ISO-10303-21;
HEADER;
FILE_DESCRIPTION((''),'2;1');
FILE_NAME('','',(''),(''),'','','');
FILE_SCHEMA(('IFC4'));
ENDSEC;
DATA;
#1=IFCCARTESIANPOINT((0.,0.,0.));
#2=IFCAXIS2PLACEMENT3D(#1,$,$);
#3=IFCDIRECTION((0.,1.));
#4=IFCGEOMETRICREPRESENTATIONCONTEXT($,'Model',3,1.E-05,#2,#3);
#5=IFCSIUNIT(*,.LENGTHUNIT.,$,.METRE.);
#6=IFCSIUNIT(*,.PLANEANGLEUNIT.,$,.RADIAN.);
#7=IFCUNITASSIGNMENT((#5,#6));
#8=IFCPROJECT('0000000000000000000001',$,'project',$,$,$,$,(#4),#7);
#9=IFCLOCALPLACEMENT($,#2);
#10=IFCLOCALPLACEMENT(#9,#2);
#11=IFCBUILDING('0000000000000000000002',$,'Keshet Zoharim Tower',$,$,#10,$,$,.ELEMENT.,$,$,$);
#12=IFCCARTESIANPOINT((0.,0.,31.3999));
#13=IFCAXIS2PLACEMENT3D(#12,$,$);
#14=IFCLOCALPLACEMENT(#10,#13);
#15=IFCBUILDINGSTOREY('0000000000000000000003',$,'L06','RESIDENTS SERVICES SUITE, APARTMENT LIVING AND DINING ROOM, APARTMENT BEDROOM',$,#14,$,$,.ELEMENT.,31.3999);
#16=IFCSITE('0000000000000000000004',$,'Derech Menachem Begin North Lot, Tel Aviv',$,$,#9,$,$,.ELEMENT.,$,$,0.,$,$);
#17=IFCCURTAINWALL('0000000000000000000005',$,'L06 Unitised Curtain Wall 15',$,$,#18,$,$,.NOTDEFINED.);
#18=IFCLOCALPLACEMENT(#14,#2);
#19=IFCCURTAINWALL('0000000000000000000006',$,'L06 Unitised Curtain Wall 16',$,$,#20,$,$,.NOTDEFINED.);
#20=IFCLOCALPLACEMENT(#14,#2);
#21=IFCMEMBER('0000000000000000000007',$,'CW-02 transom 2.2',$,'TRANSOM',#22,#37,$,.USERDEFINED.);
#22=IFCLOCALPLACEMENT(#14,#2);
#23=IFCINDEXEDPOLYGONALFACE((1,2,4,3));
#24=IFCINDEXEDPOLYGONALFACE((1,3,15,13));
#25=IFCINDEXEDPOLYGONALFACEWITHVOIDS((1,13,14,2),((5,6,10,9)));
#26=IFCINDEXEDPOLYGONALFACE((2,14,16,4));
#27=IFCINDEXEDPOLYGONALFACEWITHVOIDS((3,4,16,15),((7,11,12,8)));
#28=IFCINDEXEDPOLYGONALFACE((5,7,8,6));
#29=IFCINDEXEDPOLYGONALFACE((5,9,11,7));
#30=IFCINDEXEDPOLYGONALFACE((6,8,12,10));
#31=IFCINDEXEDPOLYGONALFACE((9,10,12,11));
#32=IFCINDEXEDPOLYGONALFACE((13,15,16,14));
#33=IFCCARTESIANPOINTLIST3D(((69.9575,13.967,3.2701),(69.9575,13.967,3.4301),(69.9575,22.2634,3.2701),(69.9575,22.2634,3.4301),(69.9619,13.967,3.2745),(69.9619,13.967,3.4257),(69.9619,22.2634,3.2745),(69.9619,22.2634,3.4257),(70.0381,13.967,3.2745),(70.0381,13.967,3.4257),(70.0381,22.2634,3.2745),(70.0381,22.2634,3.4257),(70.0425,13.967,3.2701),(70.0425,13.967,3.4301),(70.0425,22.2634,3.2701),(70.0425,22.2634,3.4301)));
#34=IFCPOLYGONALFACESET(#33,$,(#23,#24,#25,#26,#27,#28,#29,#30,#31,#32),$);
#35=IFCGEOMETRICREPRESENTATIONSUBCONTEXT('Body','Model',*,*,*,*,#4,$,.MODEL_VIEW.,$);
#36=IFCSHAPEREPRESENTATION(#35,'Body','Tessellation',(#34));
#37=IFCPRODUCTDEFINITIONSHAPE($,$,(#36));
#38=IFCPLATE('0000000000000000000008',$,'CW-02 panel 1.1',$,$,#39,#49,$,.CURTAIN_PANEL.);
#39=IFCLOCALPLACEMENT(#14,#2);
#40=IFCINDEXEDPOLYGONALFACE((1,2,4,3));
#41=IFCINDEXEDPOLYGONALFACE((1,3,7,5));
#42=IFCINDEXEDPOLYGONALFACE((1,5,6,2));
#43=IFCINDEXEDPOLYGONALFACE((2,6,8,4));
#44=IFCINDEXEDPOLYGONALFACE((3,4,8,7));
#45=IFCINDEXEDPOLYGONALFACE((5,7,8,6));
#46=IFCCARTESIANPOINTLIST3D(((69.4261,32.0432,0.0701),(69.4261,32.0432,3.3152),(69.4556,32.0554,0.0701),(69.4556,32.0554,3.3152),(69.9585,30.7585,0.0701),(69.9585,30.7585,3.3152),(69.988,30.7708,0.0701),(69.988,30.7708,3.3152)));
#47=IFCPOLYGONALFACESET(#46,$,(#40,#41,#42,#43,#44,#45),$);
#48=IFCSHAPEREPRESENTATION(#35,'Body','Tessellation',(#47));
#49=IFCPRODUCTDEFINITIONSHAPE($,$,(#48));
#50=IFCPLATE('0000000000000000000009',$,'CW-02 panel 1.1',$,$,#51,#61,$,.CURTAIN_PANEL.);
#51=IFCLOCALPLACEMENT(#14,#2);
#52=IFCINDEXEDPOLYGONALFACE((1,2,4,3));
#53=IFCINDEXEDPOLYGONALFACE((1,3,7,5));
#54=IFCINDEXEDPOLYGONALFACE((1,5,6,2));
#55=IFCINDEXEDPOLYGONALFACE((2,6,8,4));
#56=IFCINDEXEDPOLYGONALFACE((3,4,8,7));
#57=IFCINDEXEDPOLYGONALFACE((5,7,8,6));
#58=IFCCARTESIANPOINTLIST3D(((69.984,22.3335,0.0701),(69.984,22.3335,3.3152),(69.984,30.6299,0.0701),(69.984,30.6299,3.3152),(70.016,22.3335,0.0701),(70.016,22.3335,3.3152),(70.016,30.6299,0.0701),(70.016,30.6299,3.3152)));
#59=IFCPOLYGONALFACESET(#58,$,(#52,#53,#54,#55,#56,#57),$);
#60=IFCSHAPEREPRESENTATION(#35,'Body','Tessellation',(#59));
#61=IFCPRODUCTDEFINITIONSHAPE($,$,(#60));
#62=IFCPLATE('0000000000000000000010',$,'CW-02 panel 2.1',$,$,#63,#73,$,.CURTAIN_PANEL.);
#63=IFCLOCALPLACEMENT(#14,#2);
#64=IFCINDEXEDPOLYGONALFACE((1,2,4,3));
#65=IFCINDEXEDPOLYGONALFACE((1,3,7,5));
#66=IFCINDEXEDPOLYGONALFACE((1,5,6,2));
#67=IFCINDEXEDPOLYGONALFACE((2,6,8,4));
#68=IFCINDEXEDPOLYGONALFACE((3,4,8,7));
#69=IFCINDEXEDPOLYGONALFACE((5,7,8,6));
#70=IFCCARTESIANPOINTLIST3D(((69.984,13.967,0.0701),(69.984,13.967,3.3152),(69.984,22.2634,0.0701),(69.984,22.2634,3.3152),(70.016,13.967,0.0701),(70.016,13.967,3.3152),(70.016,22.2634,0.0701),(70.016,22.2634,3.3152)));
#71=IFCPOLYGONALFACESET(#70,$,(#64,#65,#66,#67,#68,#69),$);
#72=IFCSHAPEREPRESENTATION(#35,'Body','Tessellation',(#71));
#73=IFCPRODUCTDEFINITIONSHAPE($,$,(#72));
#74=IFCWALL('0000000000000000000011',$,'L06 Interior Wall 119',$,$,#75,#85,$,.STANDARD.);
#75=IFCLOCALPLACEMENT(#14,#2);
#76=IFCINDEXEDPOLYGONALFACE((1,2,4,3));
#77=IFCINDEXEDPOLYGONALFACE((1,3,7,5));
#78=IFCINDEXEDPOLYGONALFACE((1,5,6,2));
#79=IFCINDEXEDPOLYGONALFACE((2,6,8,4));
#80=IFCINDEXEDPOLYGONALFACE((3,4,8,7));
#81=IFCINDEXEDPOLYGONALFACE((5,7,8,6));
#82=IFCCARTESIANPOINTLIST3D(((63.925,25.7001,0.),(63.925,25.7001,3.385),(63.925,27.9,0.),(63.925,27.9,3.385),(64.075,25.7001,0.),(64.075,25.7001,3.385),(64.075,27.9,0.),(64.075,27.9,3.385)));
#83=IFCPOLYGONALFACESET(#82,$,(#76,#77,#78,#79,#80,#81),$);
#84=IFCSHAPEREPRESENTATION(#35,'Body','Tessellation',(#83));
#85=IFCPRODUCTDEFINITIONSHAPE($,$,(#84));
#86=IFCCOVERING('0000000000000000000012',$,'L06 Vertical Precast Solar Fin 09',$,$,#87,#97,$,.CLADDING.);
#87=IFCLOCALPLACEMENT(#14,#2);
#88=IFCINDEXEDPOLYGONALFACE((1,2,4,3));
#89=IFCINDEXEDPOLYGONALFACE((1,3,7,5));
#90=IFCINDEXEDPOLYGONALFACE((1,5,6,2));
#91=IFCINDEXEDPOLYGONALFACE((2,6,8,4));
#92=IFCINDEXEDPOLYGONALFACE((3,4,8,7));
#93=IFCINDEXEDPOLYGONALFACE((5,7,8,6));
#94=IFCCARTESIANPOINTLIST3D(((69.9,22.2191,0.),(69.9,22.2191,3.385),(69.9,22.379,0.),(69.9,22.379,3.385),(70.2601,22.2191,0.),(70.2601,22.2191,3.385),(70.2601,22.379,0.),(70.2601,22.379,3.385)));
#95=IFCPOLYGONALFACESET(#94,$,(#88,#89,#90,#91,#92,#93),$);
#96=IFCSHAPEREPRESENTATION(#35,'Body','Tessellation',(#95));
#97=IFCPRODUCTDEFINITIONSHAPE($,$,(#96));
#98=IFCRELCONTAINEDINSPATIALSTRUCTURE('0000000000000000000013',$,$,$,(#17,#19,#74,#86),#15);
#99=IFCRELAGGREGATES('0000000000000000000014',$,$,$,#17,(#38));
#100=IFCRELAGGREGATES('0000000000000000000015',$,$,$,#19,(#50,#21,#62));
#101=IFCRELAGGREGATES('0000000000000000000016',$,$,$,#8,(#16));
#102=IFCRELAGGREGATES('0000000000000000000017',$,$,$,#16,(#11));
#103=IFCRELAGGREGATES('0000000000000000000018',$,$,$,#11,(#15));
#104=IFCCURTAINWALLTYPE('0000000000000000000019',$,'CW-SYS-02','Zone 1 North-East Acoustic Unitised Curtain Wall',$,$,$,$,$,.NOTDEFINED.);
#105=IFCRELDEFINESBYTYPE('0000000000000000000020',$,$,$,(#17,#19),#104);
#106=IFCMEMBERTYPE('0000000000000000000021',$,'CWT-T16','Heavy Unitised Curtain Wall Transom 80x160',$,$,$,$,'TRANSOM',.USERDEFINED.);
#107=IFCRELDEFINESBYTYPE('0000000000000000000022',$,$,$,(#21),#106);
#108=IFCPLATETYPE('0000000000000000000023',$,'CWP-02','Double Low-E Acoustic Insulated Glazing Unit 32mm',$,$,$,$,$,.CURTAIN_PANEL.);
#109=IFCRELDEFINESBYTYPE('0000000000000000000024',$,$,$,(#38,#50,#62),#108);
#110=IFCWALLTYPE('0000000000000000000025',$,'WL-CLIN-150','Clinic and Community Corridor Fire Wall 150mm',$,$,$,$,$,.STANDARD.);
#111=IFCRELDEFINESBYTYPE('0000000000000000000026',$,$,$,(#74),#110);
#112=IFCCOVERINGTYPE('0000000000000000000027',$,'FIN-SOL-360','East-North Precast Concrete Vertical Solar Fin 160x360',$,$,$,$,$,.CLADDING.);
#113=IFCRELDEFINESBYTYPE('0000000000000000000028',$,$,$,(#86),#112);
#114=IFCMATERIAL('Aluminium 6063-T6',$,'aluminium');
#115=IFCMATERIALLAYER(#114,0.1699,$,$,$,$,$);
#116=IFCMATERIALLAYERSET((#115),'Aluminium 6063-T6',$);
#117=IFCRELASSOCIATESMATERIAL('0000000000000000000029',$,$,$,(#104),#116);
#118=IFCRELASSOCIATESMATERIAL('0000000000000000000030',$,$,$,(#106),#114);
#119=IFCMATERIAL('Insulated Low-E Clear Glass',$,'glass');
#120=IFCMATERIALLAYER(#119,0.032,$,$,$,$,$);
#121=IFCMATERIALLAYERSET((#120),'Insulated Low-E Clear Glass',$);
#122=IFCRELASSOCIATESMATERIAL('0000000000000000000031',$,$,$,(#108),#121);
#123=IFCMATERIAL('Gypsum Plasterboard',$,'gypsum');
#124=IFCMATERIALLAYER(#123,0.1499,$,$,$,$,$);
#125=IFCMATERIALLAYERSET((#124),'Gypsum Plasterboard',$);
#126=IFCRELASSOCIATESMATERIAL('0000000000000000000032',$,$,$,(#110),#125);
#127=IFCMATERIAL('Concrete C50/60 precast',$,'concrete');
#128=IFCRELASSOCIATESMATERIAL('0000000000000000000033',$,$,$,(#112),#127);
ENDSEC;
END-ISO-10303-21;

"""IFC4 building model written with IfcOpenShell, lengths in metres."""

from ifc_helpers import new_model, si_unit, direction, frame, frame_2d, origin, origin_2d, place, context, subcontext, project, spatial, rectangle, hollow_rectangle, extrude, material, layer, layer_set, material_profile, profile_set, type_object, element, aggregate, save


model = new_model("IFC4")

# Units and contexts
model_context = context("Model", 3, precision=1e-05, world=origin(), true_north=direction((0.0, 1.0)))
body_context = subcontext(model_context, "Body", "Model", "MODEL_VIEW")
ifc_project = project(units=[si_unit("LENGTHUNIT", "METRE"), si_unit("PLANEANGLEUNIT", "RADIAN")], contexts=[model_context])

# Site, building, storey
site_placement = place(None, origin())
site = spatial("IfcSite", under=ifc_project, at=site_placement, Name="Derech Menachem Begin North Lot, Tel Aviv", CompositionType="ELEMENT", RefElevation=0.0)
building_placement = place(site_placement, origin())
building = spatial("IfcBuilding", under=site, at=building_placement, Name="Keshet Zoharim Tower", CompositionType="ELEMENT")
storey_placement = place(building_placement, frame((0.0, 0.0, 31.3999)))
storey = spatial("IfcBuildingStorey", under=building, at=storey_placement, Name="L06", Description="RESIDENTS SERVICES SUITE, APARTMENT LIVING AND DINING ROOM, APARTMENT BEDROOM", CompositionType="ELEMENT", Elevation=31.3999)

# Curtain wall
ifc_material_1 = material(Name="Aluminium 6063-T6", Category="aluminium")
ifc_layer_1 = layer(ifc_material_1, 0.1699)
ifc_layer_set_1 = layer_set([ifc_layer_1], Name="Aluminium 6063-T6")
curtain_wall_type = type_object("IfcCurtainWallType", Name="CW-SYS-02", Description="Zone 1 North-East Acoustic Unitised Curtain Wall", PredefinedType="NOTDEFINED", material=ifc_layer_set_1)
curtain_wall_1_placement = place(storey_placement, origin())
curtain_wall_1 = element("IfcCurtainWall", 1, at=curtain_wall_1_placement, inside=storey, type_object=curtain_wall_type, Name="L06 Unitised Curtain Wall 15", PredefinedType="NOTDEFINED")

# Curtain wall
curtain_wall_2_placement = place(storey_placement, origin())
curtain_wall_2 = element("IfcCurtainWall", 2, at=curtain_wall_2_placement, inside=storey, type_object=curtain_wall_type, Name="L06 Unitised Curtain Wall 16", PredefinedType="NOTDEFINED")

# Member
ifc_material_profile_1 = material_profile(ifc_material_1, hollow_rectangle(XDim=0.085, YDim=0.1599, WallThickness=0.0044, at=origin_2d()), Name="TRN-85x160")
ifc_profile_set_1 = profile_set([ifc_material_profile_1], Name="Aluminium 6063-T6")
member_type_1 = type_object("IfcMemberType", Name="CWT-T16", Description="Heavy Unitised Curtain Wall Transom 80x160", ElementType="TRANSOM", PredefinedType="USERDEFINED", material=ifc_profile_set_1)
member_1_placement = place(storey_placement, frame((70.0, 22.2634, 3.3501), z_axis=(0.0, -1.0, 0.0), x_axis=(1.0, 0.0, 0.0)))
member_1 = element("IfcMember", 3, at=member_1_placement, type_object=member_type_1, Name="CW-02 transom 2.2", ObjectType="TRANSOM", PredefinedType="USERDEFINED", context=body_context, shape_type="SweptSolid", body=[
    extrude(hollow_rectangle(XDim=0.085, YDim=0.1599, WallThickness=0.0044, at=origin_2d()), origin(), (0.0, 0.0, 1.0), 8.2964),
])

# Plates
ifc_material_2 = material(Name="Insulated Low-E Clear Glass", Category="glass")
ifc_layer_2 = layer(ifc_material_2, 0.032)
ifc_layer_set_2 = layer_set([ifc_layer_2], Name="Insulated Low-E Clear Glass")
plate_type = type_object("IfcPlateType", Name="CWP-02", Description="Double Low-E Acoustic Insulated Glazing Unit 32mm", PredefinedType="CURTAIN_PANEL", material=ifc_layer_set_2)
plate_1_placement = place(storey_placement, frame((69.707, 31.407, 0.0701), z_axis=(0.0, 0.0, 1.0), x_axis=(0.382852, -0.92381, 0.0)))
plate_1 = element("IfcPlate", 4, at=plate_1_placement, type_object=plate_type, Name="CW-02 panel 1.1", PredefinedType="CURTAIN_PANEL", context=body_context, shape_type="SweptSolid", body=[
    extrude(rectangle(XDim=1.3906, YDim=0.032, at=origin_2d()), origin(), (0.0, 0.0, 1.0), 3.2451),
])
aggregate(curtain_wall_1, [plate_1])
plate_2_placement = place(storey_placement, frame((70.0, 26.4817, 0.0701), z_axis=(0.0, 0.0, 1.0), x_axis=(0.0, -1.0, 0.0)))
plate_2 = element("IfcPlate", 5, at=plate_2_placement, type_object=plate_type, Name="CW-02 panel 1.1", PredefinedType="CURTAIN_PANEL", context=body_context, shape_type="SweptSolid", body=[
    extrude(rectangle(XDim=8.2964, YDim=0.032, at=origin_2d()), origin(), (0.0, 0.0, 1.0), 3.2451),
])
plate_3_placement = place(storey_placement, frame((70.0, 18.1152, 0.0701), z_axis=(0.0, 0.0, 1.0), x_axis=(0.0, -1.0, 0.0)))
plate_3 = element("IfcPlate", 6, at=plate_3_placement, type_object=plate_type, Name="CW-02 panel 2.1", PredefinedType="CURTAIN_PANEL", context=body_context, shape_type="SweptSolid", body=[
    extrude(rectangle(XDim=8.2964, YDim=0.032, at=origin_2d()), origin(), (0.0, 0.0, 1.0), 3.2451),
])
aggregate(curtain_wall_2, [plate_2, member_1, plate_3])

# Wall
ifc_material_3 = material(Name="Gypsum Plasterboard", Category="gypsum")
ifc_layer_3 = layer(ifc_material_3, 0.1499)
ifc_layer_set_3 = layer_set([ifc_layer_3], Name="Gypsum Plasterboard")
wall_type = type_object("IfcWallType", Name="WL-CLIN-150", Description="Clinic and Community Corridor Fire Wall 150mm", PredefinedType="STANDARD", material=ifc_layer_set_3)
wall_placement = place(storey_placement, frame((64.0, 25.7, 0.0), z_axis=(0.0, 0.0, 1.0), x_axis=(0.0, 1.0, 0.0)))
element("IfcWall", 7, at=wall_placement, inside=storey, type_object=wall_type, Name="L06 Interior Wall 119", PredefinedType="STANDARD", context=body_context, shape_type="SweptSolid", body=[
    extrude(rectangle(XDim=2.2, YDim=0.1499, at=frame_2d((1.1001, 0.0))), origin(), (0.0, 0.0, 1.0), 3.385),
])

# Covering
ifc_material_4 = material(Name="Concrete C50/60 precast", Category="concrete")
covering_type = type_object("IfcCoveringType", Name="FIN-SOL-360", Description="East-North Precast Concrete Vertical Solar Fin 160x360", PredefinedType="CLADDING", material=ifc_material_4)
covering_placement = place(storey_placement, frame((70.0801, 22.2991, 0.0), z_axis=(0.0, 0.0, 1.0), x_axis=(0.0, -1.0, 0.0)))
element("IfcCovering", 8, at=covering_placement, inside=storey, type_object=covering_type, Name="L06 Vertical Precast Solar Fin 09", PredefinedType="CLADDING", context=body_context, shape_type="SweptSolid", body=[
    extrude(rectangle(XDim=0.1599, YDim=0.3601, at=origin_2d()), origin(), (0.0, 0.0, 1.0), 3.385),
])

save(model, "model.ifc")
